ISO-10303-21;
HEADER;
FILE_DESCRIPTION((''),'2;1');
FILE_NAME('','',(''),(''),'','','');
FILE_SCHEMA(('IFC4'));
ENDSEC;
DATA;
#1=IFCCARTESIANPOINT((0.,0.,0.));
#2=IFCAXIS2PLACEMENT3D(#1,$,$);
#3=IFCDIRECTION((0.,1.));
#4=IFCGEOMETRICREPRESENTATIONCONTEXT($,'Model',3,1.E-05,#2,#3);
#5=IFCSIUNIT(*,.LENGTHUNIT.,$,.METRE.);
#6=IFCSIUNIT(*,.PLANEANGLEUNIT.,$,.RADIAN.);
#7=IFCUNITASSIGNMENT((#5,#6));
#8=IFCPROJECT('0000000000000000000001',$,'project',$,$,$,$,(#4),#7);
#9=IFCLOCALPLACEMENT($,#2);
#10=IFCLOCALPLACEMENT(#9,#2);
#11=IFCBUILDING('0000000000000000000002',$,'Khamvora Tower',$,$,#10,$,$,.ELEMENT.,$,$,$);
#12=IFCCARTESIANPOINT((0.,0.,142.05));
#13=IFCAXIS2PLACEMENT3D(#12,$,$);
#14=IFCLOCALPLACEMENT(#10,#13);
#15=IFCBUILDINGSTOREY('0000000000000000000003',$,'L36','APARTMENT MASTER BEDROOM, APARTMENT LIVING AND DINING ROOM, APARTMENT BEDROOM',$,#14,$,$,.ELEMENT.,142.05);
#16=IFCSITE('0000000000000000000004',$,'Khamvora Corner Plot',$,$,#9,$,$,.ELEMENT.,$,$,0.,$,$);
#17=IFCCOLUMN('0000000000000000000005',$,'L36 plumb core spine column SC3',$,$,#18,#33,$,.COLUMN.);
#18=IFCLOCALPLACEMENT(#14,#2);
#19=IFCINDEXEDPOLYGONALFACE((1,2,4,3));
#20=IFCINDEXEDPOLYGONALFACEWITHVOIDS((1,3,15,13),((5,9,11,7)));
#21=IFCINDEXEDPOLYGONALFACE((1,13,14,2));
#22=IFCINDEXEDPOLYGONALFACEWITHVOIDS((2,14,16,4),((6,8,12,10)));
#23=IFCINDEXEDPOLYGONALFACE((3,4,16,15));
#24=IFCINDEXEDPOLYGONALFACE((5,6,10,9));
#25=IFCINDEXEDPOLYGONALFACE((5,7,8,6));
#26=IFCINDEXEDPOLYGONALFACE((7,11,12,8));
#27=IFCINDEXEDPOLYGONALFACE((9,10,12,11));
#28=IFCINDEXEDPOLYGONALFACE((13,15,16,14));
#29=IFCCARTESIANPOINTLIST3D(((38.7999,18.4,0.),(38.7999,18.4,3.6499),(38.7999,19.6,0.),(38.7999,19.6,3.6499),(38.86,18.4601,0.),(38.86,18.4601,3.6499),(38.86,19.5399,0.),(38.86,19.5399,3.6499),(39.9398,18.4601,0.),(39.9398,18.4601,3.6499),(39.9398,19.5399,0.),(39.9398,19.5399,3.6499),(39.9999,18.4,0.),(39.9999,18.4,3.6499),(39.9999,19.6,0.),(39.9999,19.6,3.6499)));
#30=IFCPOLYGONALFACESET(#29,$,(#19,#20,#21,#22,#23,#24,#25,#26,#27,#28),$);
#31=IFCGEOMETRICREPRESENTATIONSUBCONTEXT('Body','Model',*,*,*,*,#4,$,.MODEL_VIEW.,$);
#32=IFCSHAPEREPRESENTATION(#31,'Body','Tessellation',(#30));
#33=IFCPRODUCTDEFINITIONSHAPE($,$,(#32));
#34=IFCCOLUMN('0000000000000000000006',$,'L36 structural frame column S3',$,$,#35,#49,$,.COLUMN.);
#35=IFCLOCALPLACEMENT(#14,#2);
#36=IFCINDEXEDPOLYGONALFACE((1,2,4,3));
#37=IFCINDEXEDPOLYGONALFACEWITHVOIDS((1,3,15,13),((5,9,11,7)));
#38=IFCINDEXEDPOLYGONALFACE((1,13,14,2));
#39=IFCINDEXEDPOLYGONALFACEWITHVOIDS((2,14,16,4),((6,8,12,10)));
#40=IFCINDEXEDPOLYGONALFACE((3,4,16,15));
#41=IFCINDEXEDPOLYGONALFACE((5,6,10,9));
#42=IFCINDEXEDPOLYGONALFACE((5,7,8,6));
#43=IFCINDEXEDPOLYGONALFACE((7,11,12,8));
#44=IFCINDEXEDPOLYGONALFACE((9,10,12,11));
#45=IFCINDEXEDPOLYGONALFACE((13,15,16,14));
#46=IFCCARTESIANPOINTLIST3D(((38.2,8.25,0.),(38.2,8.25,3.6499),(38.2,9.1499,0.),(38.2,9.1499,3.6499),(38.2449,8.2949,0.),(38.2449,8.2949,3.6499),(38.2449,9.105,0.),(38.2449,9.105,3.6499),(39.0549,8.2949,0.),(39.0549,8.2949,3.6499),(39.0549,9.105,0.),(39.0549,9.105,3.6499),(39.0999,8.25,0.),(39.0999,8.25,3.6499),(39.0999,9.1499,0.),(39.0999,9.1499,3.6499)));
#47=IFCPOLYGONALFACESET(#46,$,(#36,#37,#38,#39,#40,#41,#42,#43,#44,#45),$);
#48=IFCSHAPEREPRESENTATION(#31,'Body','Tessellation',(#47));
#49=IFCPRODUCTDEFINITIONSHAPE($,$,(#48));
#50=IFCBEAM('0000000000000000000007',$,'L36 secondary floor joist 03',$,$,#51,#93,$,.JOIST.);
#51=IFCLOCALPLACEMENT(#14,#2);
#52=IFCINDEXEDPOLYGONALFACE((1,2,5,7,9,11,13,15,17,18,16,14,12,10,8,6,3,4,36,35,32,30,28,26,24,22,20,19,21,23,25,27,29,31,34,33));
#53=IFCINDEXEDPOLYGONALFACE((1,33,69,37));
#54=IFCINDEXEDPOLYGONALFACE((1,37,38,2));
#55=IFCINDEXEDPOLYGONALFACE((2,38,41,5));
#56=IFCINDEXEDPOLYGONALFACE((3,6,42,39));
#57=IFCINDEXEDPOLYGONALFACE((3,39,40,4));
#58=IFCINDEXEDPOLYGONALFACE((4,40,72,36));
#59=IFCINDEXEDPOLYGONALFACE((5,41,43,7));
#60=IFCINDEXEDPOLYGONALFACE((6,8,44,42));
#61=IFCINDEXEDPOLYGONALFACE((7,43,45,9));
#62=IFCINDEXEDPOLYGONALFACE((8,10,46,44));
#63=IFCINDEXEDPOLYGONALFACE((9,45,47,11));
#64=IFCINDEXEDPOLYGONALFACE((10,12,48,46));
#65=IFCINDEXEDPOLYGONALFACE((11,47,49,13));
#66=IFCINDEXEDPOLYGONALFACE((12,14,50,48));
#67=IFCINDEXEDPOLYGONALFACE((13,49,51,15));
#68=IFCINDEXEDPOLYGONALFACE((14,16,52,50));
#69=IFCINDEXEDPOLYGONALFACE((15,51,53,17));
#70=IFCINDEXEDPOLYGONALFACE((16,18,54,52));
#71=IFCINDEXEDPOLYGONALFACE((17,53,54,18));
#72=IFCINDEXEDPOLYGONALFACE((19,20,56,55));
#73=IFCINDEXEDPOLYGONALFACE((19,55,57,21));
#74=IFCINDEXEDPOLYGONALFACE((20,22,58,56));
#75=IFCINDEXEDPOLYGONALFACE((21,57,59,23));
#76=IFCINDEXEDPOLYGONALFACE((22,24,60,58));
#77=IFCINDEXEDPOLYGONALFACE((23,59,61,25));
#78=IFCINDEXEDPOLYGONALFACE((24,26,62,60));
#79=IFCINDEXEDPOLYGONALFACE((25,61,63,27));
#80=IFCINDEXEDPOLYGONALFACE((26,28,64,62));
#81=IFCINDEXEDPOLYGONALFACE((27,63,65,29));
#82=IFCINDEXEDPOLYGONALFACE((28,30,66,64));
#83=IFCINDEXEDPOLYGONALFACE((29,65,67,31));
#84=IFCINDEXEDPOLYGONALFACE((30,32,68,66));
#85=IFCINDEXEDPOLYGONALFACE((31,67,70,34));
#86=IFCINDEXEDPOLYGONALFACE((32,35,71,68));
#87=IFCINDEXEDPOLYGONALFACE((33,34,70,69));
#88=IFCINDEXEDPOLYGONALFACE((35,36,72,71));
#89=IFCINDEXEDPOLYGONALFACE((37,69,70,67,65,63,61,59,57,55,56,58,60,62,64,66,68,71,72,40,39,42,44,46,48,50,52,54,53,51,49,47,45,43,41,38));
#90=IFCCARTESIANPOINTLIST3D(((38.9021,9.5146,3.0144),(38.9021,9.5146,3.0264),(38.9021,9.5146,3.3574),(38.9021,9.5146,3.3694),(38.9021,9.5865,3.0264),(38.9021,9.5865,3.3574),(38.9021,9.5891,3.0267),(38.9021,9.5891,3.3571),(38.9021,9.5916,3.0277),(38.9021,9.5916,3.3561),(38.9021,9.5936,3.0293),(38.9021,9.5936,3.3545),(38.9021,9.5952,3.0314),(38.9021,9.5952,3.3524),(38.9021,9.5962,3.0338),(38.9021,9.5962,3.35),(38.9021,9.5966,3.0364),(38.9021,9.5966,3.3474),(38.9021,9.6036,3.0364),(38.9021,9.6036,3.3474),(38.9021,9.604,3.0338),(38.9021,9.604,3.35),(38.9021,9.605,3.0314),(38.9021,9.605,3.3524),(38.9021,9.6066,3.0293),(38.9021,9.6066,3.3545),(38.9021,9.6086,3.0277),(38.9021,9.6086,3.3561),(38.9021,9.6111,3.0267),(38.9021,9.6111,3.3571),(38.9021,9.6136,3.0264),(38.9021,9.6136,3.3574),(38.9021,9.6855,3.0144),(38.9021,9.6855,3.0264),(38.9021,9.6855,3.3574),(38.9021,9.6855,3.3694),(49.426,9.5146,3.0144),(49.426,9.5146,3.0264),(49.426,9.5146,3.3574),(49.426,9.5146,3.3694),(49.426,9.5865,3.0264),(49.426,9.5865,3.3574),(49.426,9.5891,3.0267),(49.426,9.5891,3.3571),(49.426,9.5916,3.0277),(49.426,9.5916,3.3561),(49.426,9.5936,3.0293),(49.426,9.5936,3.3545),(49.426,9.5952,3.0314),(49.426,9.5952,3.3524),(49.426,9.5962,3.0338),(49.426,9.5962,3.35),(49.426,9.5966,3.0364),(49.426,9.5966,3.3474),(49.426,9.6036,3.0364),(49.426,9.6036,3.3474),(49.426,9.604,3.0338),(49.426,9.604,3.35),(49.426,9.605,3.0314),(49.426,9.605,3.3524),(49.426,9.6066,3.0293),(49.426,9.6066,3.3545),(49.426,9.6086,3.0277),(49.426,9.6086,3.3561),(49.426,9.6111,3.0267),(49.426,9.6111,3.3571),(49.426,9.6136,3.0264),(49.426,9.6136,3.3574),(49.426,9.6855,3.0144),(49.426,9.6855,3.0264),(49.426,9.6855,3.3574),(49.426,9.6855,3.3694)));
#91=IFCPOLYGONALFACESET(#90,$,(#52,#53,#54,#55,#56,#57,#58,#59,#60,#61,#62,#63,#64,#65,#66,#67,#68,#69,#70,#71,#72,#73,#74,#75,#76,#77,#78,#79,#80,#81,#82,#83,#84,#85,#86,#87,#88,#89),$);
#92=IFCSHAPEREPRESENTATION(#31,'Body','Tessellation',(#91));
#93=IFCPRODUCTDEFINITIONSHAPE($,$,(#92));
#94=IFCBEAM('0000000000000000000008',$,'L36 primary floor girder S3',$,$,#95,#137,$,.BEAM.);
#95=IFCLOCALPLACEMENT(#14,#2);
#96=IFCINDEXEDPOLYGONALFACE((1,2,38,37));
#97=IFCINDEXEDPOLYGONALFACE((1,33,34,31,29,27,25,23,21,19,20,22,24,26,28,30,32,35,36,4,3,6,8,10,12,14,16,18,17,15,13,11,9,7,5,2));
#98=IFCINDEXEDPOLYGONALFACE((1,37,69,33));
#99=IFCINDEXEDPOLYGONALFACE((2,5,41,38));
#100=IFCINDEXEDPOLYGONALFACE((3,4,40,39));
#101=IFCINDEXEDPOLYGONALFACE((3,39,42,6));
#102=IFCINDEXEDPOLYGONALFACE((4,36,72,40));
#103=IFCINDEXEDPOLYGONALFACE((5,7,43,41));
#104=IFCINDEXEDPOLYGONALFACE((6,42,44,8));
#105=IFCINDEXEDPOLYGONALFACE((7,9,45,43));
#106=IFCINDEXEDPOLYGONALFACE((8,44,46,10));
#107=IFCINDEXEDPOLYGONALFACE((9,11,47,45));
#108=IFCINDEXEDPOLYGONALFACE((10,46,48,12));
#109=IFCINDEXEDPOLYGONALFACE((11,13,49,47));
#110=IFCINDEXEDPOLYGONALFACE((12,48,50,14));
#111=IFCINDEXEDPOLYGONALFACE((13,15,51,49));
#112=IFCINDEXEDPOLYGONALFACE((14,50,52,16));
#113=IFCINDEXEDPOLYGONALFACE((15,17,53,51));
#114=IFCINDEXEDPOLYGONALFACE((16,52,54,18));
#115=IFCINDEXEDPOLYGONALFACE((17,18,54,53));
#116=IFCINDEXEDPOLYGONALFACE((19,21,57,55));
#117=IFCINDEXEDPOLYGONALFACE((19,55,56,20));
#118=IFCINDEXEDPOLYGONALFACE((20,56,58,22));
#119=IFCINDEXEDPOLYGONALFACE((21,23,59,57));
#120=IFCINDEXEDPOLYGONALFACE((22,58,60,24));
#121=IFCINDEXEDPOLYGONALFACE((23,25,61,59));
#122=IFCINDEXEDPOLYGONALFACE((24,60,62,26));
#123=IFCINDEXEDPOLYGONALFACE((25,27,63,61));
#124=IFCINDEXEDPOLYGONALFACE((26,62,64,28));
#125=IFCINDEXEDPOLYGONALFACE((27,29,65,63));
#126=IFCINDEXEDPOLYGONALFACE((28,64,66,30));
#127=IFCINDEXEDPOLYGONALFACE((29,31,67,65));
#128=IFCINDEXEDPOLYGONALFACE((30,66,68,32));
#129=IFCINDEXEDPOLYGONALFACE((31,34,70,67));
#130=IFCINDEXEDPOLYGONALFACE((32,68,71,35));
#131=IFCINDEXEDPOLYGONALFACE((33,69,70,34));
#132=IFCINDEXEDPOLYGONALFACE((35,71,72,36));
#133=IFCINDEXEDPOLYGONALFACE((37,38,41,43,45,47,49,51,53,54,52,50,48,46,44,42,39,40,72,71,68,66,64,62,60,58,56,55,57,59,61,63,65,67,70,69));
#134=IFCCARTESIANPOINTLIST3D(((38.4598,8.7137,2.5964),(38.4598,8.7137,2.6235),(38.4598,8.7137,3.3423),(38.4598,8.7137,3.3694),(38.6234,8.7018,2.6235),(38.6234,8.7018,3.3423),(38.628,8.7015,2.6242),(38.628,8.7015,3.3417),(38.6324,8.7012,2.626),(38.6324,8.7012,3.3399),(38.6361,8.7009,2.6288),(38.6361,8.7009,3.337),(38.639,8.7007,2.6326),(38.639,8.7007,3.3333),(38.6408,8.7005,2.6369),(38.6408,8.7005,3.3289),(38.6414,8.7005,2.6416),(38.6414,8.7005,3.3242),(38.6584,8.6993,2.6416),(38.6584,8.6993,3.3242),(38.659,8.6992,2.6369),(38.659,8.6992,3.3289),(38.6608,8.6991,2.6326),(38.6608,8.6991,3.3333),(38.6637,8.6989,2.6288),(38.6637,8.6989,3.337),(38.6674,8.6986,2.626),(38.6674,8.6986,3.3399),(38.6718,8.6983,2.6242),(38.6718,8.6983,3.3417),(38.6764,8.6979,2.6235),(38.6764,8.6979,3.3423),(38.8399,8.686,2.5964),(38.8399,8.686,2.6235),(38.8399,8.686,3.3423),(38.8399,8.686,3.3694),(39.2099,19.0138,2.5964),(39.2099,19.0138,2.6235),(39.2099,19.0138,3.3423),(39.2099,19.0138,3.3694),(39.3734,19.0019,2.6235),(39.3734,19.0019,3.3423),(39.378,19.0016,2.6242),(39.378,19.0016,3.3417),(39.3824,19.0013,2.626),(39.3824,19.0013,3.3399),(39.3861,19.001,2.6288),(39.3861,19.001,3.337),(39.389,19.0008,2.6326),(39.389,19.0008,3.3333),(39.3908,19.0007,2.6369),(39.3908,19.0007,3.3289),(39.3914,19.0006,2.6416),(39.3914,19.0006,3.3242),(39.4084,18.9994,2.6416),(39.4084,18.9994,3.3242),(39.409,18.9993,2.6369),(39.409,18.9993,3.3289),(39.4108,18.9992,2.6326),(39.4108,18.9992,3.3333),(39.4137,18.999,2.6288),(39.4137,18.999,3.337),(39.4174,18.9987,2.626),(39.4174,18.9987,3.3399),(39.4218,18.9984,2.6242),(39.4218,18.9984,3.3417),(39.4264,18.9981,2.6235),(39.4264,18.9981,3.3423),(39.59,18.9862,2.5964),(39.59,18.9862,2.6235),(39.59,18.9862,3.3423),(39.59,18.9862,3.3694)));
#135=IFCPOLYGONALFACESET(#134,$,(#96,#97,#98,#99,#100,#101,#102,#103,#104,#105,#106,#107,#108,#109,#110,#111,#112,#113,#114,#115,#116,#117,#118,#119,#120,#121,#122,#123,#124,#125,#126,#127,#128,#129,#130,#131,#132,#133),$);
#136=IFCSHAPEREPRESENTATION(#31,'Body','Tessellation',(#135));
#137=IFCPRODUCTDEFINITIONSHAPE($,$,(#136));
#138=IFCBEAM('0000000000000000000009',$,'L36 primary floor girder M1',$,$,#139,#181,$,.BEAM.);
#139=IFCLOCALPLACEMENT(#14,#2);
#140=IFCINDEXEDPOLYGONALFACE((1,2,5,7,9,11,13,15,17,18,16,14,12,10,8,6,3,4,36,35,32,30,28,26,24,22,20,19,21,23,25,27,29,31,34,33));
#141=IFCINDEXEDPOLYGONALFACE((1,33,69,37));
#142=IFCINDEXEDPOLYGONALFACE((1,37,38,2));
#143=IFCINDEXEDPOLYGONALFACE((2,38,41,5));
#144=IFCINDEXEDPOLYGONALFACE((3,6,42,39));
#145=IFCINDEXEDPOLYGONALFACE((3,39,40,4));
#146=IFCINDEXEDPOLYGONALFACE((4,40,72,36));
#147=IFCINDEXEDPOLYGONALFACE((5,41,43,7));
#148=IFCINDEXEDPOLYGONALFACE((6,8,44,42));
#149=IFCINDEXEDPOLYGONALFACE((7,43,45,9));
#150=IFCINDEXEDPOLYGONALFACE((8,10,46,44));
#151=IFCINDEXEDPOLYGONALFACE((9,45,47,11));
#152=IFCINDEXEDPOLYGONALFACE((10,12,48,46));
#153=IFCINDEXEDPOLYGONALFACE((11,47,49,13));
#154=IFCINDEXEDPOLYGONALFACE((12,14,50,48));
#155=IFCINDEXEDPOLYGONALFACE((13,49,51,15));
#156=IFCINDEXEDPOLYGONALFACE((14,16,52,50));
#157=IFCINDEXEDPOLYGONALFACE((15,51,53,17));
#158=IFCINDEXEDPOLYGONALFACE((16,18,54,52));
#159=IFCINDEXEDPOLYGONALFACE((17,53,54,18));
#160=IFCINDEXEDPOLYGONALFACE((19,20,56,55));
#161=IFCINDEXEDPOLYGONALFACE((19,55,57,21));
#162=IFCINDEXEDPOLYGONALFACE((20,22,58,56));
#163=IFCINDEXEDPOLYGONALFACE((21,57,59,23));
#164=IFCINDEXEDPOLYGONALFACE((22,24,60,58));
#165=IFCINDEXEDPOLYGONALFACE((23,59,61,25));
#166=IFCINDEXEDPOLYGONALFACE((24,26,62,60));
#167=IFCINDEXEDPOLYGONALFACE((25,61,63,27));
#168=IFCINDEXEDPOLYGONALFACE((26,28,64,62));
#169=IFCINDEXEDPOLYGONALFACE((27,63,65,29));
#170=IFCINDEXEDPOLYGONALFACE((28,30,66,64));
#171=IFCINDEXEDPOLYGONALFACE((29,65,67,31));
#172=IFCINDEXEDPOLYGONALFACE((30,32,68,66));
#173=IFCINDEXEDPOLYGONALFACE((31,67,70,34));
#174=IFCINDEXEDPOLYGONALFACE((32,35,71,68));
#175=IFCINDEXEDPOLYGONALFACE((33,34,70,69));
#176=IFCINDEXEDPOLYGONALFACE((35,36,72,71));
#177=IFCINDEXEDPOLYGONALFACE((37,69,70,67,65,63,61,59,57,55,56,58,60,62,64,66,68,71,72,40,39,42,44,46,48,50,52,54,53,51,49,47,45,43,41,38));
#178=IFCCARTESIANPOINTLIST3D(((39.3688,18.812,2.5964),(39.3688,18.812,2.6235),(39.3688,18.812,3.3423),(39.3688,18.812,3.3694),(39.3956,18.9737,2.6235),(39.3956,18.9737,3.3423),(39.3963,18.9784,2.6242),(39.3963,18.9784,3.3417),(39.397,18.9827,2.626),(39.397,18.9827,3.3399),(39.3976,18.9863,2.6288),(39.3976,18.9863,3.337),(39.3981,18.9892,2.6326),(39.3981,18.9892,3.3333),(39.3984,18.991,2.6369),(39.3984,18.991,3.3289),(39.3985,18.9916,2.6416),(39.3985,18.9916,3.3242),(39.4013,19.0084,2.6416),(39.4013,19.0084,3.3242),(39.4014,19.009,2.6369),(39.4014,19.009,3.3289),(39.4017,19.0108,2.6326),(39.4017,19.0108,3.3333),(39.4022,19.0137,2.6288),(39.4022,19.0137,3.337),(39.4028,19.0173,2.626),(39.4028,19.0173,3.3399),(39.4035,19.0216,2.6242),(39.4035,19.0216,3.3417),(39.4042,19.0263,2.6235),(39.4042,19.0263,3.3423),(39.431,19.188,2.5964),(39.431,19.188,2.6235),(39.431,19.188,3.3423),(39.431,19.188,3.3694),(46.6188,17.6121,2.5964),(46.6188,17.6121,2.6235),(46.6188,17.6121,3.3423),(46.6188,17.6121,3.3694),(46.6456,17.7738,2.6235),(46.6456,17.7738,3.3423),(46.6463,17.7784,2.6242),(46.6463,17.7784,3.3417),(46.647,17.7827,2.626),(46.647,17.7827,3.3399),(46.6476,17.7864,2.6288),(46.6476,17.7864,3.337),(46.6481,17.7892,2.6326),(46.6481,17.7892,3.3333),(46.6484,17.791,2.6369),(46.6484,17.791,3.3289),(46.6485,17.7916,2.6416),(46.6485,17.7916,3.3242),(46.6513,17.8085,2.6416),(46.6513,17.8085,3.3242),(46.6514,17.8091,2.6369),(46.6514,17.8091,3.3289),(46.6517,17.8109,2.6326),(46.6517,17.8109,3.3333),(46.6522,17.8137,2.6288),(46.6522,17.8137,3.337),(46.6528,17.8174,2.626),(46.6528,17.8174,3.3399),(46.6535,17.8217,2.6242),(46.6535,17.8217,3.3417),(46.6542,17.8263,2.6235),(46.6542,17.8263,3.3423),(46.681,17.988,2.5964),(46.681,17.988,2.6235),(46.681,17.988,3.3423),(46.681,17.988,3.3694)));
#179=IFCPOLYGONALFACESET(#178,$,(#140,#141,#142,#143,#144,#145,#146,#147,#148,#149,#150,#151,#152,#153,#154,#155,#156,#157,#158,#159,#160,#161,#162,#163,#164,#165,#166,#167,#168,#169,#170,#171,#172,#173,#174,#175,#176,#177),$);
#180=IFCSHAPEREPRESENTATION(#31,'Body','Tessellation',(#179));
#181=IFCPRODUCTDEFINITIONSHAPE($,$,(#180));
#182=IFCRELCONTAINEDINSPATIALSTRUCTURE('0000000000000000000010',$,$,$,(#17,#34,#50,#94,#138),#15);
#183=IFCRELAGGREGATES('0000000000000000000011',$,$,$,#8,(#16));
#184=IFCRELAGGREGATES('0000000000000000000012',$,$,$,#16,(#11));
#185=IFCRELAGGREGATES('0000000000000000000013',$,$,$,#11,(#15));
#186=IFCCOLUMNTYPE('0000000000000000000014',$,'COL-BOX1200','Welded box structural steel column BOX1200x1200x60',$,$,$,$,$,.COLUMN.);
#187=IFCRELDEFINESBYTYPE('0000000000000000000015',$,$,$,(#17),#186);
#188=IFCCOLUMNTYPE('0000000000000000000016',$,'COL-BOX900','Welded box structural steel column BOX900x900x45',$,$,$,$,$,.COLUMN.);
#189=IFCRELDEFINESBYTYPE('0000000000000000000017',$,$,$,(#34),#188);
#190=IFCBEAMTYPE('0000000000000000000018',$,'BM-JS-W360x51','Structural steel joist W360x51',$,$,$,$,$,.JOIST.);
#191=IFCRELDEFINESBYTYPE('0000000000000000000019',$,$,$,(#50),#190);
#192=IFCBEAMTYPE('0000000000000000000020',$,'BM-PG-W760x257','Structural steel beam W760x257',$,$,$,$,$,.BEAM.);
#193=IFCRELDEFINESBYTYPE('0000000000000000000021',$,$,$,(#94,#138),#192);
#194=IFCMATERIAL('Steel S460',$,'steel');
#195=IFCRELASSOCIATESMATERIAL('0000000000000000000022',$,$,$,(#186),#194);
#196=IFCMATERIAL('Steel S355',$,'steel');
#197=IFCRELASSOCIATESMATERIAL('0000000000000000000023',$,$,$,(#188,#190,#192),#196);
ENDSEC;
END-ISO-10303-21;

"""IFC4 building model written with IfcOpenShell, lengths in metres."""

from ifc_helpers import new_model, si_unit, direction, frame, origin, origin_2d, place, context, subcontext, project, spatial, hollow_rectangle, i_section, extrude, material, material_profile, profile_set, type_object, element, save


model = new_model("IFC4")

# Units and contexts
model_context = context("Model", 3, precision=1e-05, world=origin(), true_north=direction((0.0, 1.0)))
body_context = subcontext(model_context, "Body", "Model", "MODEL_VIEW")
ifc_project = project(units=[si_unit("LENGTHUNIT", "METRE"), si_unit("PLANEANGLEUNIT", "RADIAN")], contexts=[model_context])

# Site, building, storey
site_placement = place(None, origin())
site = spatial("IfcSite", under=ifc_project, at=site_placement, Name="Khamvora Corner Plot", CompositionType="ELEMENT", RefElevation=0.0)
building_placement = place(site_placement, origin())
building = spatial("IfcBuilding", under=site, at=building_placement, Name="Khamvora Tower", CompositionType="ELEMENT")
storey_placement = place(building_placement, frame((0.0, 0.0, 142.05)))
storey = spatial("IfcBuildingStorey", under=building, at=storey_placement, Name="L36", Description="APARTMENT MASTER BEDROOM, APARTMENT LIVING AND DINING ROOM, APARTMENT BEDROOM", CompositionType="ELEMENT", Elevation=142.05)

# Columns
ifc_material_1 = material(Name="Steel S460", Category="steel")
ifc_material_profile_1 = material_profile(ifc_material_1, hollow_rectangle(XDim=1.2, YDim=1.2, WallThickness=0.0601, at=origin_2d()), Name="BOX1200x1200x60")
ifc_profile_set_1 = profile_set([ifc_material_profile_1], Name="Steel S460")
column_type_1 = type_object("IfcColumnType", Name="COL-BOX1200", Description="Welded box structural steel column BOX1200x1200x60", PredefinedType="COLUMN", material=ifc_profile_set_1)
column_1_placement = place(storey_placement, frame((39.3999, 19.0, 0.0), z_axis=(0.0, 0.0, 1.0), x_axis=(1.0, 0.0, 0.0)))
element("IfcColumn", 1, at=column_1_placement, inside=storey, type_object=column_type_1, Name="L36 plumb core spine column SC3", PredefinedType="COLUMN", context=body_context, shape_type="SweptSolid", body=[
    extrude(hollow_rectangle(XDim=1.2, YDim=1.2, WallThickness=0.0601, at=origin_2d()), origin(), (0.0, 0.0, 1.0), 3.6499),
])
ifc_material_2 = material(Name="Steel S355", Category="steel")
ifc_material_profile_2 = material_profile(ifc_material_2, hollow_rectangle(XDim=0.8999, YDim=0.8999, WallThickness=0.0449, at=origin_2d()), Name="BOX900x900x45")
ifc_profile_set_2 = profile_set([ifc_material_profile_2], Name="Steel S355")
column_type_2 = type_object("IfcColumnType", Name="COL-BOX900", Description="Welded box structural steel column BOX900x900x45", PredefinedType="COLUMN", material=ifc_profile_set_2)
column_2_placement = place(storey_placement, frame((38.6499, 8.7, 0.0), z_axis=(0.0, 0.0, 1.0), x_axis=(1.0, 0.0, 0.0)))
element("IfcColumn", 2, at=column_2_placement, inside=storey, type_object=column_type_2, Name="L36 structural frame column S3", PredefinedType="COLUMN", context=body_context, shape_type="SweptSolid", body=[
    extrude(hollow_rectangle(XDim=0.8999, YDim=0.8999, WallThickness=0.0449, at=origin_2d()), origin(), (0.0, 0.0, 1.0), 3.6499),
])

# Beams
ifc_material_profile_3 = material_profile(ifc_material_2, i_section(OverallWidth=0.1709, OverallDepth=0.355, WebThickness=0.0071, FlangeThickness=0.012, FilletRadius=0.01, at=origin_2d()), Name="W360x51")
ifc_profile_set_3 = profile_set([ifc_material_profile_3], Name="Steel S355")
beam_type_1 = type_object("IfcBeamType", Name="BM-JS-W360x51", Description="Structural steel joist W360x51", PredefinedType="JOIST", material=ifc_profile_set_3)
beam_1_placement = place(storey_placement, frame((38.9021, 9.6001, 3.1919), z_axis=(1.0, 0.0, 0.0), x_axis=(0.0, 1.0, 0.0)))
element("IfcBeam", 3, at=beam_1_placement, inside=storey, type_object=beam_type_1, Name="L36 secondary floor joist 03", PredefinedType="JOIST", context=body_context, shape_type="SweptSolid", body=[
    extrude(i_section(OverallWidth=0.1709, OverallDepth=0.355, WebThickness=0.0071, FlangeThickness=0.012, FilletRadius=0.01, at=origin_2d()), origin(), (0.0, 0.0, 1.0), 10.5239),
])
ifc_material_profile_4 = material_profile(ifc_material_2, i_section(OverallWidth=0.3811, OverallDepth=0.7729, WebThickness=0.0171, FlangeThickness=0.0271, FilletRadius=0.0181, at=origin_2d()), Name="W760x257")
ifc_profile_set_4 = profile_set([ifc_material_profile_4], Name="Steel S355")
beam_type_2 = type_object("IfcBeamType", Name="BM-PG-W760x257", Description="Structural steel beam W760x257", PredefinedType="BEAM", material=ifc_profile_set_4)
beam_2_placement = place(storey_placement, frame((39.3999, 19.0, 2.9829), z_axis=(-0.072623, -0.997359, 0.0), x_axis=(0.997359, -0.072623, 0.0)))
element("IfcBeam", 4, at=beam_2_placement, inside=storey, type_object=beam_type_2, Name="L36 primary floor girder S3", PredefinedType="BEAM", context=body_context, shape_type="SweptSolid", body=[
    extrude(i_section(OverallWidth=0.3811, OverallDepth=0.7729, WebThickness=0.0171, FlangeThickness=0.0271, FilletRadius=0.0181, at=origin_2d()), origin(), (0.0, 0.0, 1.0), 10.3274),
])
beam_3_placement = place(storey_placement, frame((39.3999, 19.0, 2.9829), z_axis=(0.986578, -0.163289, 0.0), x_axis=(0.163289, 0.986578, 0.0)))
element("IfcBeam", 5, at=beam_3_placement, inside=storey, type_object=beam_type_2, Name="L36 primary floor girder M1", PredefinedType="BEAM", context=body_context, shape_type="SweptSolid", body=[
    extrude(i_section(OverallWidth=0.3811, OverallDepth=0.7729, WebThickness=0.0171, FlangeThickness=0.0271, FilletRadius=0.0181, at=origin_2d()), origin(), (0.0, 0.0, 1.0), 7.3486),
])

save(model, "model.ifc")
